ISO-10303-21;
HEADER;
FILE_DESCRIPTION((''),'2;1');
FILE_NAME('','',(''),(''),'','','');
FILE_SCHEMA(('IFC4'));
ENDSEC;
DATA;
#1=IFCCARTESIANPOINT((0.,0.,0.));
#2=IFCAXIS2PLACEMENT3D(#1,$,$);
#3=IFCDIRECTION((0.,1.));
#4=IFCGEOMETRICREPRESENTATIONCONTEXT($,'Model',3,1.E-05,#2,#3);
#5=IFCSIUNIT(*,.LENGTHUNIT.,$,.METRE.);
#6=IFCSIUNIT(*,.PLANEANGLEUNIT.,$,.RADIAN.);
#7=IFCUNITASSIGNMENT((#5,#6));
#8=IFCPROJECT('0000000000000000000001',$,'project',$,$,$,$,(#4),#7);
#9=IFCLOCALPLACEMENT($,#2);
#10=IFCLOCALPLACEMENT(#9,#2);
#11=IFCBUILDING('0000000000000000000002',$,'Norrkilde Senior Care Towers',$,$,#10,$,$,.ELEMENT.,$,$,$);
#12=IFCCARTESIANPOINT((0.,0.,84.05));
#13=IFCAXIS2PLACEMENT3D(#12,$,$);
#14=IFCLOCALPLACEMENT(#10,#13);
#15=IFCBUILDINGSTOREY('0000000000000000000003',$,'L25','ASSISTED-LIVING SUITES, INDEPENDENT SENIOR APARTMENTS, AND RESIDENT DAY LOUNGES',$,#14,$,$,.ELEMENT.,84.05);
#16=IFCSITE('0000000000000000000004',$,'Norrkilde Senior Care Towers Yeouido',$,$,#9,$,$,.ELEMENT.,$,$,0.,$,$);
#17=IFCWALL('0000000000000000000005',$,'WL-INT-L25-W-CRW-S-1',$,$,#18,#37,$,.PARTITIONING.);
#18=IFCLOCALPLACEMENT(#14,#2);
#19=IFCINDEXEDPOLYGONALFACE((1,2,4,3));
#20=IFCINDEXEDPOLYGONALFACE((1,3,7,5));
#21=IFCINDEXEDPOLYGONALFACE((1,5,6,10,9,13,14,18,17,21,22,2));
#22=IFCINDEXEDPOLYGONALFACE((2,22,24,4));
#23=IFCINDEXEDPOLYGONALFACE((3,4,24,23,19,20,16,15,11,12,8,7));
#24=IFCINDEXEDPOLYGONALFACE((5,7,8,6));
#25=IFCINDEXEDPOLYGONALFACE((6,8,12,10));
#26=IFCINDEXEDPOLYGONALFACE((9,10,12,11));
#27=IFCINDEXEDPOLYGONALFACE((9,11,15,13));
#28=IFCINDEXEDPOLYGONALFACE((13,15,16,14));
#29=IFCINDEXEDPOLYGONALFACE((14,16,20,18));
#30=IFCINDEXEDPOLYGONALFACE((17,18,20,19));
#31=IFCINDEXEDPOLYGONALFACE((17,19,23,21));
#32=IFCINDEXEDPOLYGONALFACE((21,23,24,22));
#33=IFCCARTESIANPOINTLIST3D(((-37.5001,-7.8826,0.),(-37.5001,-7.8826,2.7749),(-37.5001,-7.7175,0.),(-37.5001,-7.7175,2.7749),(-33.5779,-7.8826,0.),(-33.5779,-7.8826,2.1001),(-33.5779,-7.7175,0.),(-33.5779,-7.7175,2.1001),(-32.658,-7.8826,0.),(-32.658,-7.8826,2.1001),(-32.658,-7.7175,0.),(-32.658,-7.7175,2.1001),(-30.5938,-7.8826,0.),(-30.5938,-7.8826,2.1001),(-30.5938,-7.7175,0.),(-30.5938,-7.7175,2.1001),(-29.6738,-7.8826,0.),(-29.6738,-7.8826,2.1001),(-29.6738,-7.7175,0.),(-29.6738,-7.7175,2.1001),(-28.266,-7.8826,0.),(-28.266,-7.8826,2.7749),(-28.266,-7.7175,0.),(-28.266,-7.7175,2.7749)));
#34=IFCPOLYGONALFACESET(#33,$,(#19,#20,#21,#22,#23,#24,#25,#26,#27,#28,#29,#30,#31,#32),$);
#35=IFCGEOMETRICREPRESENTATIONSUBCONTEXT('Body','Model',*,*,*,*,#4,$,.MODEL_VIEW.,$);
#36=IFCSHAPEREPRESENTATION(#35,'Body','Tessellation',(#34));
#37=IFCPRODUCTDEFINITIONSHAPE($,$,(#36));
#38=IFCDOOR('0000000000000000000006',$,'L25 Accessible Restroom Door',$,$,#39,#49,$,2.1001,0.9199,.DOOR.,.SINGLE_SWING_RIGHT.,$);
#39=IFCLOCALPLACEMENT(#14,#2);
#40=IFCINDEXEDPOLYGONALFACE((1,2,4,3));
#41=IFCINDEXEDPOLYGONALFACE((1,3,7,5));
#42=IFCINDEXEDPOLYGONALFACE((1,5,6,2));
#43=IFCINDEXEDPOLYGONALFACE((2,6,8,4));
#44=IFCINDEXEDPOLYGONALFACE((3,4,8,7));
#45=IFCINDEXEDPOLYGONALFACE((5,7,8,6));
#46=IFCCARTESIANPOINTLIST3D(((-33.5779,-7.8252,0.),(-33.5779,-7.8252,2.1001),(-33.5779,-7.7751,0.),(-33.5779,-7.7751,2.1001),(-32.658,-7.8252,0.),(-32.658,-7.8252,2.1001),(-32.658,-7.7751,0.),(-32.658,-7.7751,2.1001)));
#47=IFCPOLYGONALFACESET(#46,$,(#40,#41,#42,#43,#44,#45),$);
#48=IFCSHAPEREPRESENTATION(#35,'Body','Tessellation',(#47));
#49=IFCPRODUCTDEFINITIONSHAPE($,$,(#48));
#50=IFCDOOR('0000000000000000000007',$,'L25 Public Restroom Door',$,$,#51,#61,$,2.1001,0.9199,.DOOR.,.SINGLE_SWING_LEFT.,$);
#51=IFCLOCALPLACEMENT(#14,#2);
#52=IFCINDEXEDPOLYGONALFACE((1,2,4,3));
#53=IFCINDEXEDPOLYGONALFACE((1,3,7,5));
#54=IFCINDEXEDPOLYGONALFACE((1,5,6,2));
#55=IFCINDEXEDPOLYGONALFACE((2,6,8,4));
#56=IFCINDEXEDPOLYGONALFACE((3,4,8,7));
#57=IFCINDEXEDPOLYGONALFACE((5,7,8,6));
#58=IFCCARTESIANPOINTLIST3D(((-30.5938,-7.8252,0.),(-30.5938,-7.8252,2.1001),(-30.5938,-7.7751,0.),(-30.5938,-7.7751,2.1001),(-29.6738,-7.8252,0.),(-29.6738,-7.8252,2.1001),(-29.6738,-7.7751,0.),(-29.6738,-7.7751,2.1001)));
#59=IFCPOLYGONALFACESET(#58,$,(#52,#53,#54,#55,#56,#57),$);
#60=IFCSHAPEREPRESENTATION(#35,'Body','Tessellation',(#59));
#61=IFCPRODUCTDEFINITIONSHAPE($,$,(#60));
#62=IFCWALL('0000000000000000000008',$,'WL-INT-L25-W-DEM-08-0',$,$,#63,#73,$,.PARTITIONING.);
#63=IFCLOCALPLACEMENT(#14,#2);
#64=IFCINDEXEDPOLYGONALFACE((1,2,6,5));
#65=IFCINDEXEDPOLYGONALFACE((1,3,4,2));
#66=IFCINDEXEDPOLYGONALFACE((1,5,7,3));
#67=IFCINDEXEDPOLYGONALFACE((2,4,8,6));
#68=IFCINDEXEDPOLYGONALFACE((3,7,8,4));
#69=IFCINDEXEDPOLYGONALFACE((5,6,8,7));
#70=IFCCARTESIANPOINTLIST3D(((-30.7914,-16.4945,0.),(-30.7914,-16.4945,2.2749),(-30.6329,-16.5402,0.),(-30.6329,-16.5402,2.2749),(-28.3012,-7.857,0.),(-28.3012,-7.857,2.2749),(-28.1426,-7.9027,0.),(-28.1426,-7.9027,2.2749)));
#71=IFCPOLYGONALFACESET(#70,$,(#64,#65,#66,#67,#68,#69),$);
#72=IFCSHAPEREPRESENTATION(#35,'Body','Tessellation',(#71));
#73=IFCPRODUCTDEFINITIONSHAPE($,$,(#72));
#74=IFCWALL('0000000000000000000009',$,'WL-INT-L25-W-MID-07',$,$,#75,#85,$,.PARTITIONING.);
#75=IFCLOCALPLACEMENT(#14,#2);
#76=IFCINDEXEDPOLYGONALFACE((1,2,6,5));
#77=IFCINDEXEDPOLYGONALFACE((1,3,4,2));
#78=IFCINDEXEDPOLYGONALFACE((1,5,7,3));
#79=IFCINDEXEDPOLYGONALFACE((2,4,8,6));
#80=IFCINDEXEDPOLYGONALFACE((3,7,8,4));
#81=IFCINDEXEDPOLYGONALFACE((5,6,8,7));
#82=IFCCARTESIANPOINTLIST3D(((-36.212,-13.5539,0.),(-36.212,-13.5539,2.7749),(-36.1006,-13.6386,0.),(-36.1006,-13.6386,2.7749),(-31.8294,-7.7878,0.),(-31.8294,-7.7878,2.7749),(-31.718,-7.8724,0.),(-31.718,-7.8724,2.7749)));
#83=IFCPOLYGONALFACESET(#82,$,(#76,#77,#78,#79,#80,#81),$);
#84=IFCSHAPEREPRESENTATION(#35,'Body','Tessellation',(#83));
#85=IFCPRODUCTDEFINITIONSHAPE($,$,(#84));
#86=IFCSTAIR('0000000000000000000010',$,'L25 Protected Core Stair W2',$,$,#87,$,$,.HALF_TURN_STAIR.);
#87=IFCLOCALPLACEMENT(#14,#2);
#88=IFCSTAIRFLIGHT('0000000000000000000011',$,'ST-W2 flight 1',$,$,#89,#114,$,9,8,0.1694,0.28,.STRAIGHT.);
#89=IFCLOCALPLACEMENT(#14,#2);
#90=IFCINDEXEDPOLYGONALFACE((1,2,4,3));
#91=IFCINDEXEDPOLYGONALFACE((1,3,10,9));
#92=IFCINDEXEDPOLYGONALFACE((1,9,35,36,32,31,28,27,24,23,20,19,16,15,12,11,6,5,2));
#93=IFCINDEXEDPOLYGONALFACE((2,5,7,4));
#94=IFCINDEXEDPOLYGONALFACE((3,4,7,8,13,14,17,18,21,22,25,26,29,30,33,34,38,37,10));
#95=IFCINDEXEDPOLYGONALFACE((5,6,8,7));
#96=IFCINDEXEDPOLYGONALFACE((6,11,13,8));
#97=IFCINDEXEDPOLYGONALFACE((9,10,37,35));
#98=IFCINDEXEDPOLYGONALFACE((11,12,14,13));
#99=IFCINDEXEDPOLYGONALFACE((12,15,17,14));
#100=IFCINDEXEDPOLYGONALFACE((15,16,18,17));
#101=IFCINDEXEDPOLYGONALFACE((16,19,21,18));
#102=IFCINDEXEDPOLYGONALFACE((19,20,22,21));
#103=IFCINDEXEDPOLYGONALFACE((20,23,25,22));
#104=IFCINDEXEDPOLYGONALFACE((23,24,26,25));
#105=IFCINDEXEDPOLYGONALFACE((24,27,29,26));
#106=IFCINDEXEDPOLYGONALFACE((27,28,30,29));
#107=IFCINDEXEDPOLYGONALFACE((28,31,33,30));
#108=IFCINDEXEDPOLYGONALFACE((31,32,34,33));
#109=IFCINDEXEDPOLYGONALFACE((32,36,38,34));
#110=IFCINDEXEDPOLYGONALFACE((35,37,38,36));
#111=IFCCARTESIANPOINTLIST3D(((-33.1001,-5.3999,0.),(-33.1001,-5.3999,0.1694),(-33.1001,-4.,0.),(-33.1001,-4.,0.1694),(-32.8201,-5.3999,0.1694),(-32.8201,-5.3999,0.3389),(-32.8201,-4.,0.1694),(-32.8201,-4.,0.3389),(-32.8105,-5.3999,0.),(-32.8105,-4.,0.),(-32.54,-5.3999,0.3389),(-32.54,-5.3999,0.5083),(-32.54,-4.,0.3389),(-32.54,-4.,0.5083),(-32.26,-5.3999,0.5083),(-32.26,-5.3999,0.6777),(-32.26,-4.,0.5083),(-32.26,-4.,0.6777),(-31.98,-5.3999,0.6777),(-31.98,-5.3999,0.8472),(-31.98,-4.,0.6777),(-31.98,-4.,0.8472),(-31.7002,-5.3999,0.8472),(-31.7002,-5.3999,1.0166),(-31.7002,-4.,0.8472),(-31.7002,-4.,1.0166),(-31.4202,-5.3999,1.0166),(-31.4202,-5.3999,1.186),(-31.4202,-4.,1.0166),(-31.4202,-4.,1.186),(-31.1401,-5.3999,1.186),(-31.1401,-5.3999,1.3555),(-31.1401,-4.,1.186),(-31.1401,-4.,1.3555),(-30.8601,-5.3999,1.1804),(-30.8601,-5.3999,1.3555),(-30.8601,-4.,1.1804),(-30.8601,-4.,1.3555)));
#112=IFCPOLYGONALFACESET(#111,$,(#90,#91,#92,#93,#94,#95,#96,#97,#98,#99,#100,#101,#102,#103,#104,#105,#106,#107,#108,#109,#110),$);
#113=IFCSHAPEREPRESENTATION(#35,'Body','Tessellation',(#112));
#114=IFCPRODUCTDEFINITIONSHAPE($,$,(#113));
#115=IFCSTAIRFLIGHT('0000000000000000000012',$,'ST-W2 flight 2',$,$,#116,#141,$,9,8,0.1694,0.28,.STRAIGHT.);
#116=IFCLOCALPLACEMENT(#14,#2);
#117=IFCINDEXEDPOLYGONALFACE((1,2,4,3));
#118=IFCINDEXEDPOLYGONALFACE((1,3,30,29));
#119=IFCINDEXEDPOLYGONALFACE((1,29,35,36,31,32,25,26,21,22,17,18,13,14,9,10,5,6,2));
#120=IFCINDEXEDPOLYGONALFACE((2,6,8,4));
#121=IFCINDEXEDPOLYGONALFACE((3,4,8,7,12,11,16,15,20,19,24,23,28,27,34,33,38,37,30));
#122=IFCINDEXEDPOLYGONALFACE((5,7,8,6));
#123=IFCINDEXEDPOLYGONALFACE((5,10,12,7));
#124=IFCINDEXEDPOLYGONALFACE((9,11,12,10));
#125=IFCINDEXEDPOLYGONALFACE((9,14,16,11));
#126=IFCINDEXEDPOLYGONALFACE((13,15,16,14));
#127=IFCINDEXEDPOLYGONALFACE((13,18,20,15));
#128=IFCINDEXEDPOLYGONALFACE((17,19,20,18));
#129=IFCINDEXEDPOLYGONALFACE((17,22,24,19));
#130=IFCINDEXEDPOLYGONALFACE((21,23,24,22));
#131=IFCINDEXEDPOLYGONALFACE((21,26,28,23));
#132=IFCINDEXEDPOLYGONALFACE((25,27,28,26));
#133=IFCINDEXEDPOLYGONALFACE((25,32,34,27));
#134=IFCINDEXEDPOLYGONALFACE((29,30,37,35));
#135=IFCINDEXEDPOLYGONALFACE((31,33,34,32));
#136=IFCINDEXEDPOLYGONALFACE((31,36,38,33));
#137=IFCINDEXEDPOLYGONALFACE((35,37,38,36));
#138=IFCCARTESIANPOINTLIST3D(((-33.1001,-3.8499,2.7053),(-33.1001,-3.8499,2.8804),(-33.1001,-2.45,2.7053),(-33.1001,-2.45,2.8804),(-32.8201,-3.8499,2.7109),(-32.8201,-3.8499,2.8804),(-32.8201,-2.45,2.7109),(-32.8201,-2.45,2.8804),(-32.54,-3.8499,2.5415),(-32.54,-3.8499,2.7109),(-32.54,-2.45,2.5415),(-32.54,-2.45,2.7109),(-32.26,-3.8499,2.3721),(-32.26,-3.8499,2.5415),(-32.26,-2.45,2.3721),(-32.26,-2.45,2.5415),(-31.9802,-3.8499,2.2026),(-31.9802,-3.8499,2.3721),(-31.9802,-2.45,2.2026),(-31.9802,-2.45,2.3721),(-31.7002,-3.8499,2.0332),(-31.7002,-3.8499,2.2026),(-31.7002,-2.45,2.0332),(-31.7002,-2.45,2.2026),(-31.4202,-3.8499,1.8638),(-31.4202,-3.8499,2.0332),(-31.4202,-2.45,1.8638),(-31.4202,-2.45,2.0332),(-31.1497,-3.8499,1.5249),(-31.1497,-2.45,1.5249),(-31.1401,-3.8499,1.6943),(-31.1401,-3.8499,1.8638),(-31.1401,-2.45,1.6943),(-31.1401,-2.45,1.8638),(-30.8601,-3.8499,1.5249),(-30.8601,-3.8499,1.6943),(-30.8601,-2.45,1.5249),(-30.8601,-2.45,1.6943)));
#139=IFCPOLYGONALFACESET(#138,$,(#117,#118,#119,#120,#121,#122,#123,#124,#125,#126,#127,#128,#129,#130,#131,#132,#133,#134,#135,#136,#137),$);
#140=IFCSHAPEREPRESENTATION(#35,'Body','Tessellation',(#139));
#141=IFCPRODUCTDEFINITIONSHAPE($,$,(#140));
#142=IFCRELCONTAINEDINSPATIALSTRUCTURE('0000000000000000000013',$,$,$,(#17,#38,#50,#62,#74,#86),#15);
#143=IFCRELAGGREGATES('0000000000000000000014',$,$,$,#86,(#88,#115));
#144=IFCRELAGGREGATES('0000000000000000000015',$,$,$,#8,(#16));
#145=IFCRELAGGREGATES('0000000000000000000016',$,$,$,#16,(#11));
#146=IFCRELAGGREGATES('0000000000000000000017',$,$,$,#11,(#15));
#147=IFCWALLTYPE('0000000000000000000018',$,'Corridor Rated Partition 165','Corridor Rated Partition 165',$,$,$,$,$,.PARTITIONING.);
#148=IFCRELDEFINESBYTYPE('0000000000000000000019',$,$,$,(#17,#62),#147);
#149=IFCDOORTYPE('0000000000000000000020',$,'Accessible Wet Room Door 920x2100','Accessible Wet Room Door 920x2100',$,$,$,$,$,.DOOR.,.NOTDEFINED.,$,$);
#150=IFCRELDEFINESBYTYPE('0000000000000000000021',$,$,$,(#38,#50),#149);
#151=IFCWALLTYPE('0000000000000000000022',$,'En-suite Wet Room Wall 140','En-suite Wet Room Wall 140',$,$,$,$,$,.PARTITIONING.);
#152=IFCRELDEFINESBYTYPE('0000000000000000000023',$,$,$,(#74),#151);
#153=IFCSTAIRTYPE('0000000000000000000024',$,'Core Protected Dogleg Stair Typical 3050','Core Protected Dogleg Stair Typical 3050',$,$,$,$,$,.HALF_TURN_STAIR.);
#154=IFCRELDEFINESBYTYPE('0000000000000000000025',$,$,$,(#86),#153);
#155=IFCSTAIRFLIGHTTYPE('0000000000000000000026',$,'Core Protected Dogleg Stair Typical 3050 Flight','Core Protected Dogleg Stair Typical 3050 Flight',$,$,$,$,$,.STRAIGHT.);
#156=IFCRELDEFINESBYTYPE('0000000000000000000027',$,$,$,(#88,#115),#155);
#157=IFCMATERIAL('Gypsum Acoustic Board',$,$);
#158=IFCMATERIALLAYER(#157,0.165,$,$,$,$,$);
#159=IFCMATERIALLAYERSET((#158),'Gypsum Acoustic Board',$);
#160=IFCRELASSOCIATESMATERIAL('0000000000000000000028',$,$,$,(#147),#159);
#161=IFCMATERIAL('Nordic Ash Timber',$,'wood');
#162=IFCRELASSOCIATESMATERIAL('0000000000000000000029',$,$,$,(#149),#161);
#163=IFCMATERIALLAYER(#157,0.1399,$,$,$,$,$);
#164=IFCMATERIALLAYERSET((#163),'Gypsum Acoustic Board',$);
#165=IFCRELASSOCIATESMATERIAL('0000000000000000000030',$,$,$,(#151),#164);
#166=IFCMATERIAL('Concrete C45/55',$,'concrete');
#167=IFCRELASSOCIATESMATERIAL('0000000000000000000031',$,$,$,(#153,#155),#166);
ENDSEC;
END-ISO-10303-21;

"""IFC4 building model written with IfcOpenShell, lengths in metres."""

from ifc_helpers import new_model, si_unit, direction, frame, frame_2d, origin, place, context, subcontext, project, spatial, polyline, rectangle, outline, extrude, source, transform, mapped, material, layer, layer_set, type_object, type_shapes, element, fill, aggregate, save


model = new_model("IFC4")

# Units and contexts
model_context = context("Model", 3, precision=1e-05, world=origin(), true_north=direction((0.0, 1.0)))
body_context = subcontext(model_context, "Body", "Model", "MODEL_VIEW")
ifc_project = project(units=[si_unit("LENGTHUNIT", "METRE"), si_unit("PLANEANGLEUNIT", "RADIAN")], contexts=[model_context])

# Site, building, storey
site_placement = place(None, origin())
site = spatial("IfcSite", under=ifc_project, at=site_placement, Name="Norrkilde Senior Care Towers Yeouido", CompositionType="ELEMENT", RefElevation=0.0)
building_placement = place(site_placement, origin())
building = spatial("IfcBuilding", under=site, at=building_placement, Name="Norrkilde Senior Care Towers", CompositionType="ELEMENT")
storey_placement = place(building_placement, frame((0.0, 0.0, 84.05)))
storey = spatial("IfcBuildingStorey", under=building, at=storey_placement, Name="L25", Description="ASSISTED-LIVING SUITES, INDEPENDENT SENIOR APARTMENTS, AND RESIDENT DAY LOUNGES", CompositionType="ELEMENT", Elevation=84.05)

# Shared definitions
ifc_material_1 = material(Name="Concrete C45/55", Category="concrete")

# Wall, openings, doors
ifc_material_2 = material(Name="Gypsum Acoustic Board")
ifc_layer_1 = layer(ifc_material_2, 0.165)
ifc_layer_set_1 = layer_set([ifc_layer_1], Name="Gypsum Acoustic Board")
wall_type_1 = type_object("IfcWallType", Name="Corridor Rated Partition 165", Description="Corridor Rated Partition 165", PredefinedType="PARTITIONING", material=ifc_layer_set_1)
shared_shape_1 = source(origin(), body_context, "Body", "SweptSolid", [
    extrude(rectangle(XDim=9.2341, YDim=0.165, at=frame_2d((4.6172, 0.0))), origin(), (0.0, 0.0, 1.0), 2.7749),
])
wall_1_placement = place(storey_placement, frame((-28.2659, -7.8, 0.0), z_axis=(0.0, 0.0, 1.0), x_axis=(-1.0, 0.0, 0.0)))
wall_1 = element("IfcWall", 1, at=wall_1_placement, inside=storey, type_object=wall_type_1, Name="WL-INT-L25-W-CRW-S-1", PredefinedType="PARTITIONING", context=body_context, shape_type="MappedRepresentation", body=[
    mapped(shared_shape_1, transform((0.0, 0.0, 0.0), x_axis=(1.0, 0.0, 0.0), y_axis=(0.0, 1.0, 0.0), z_axis=(0.0, 0.0, 1.0), scale=1.0)),
])
opening_1_placement = place(wall_1_placement, frame((4.3921, 0.0, 0.0)))
opening_1 = element("IfcOpeningElement", 2, at=opening_1_placement, cuts=wall_1, PredefinedType="OPENING", context=body_context, shape_type="SweptSolid", body=[
    extrude(rectangle(XDim=0.9199, YDim=2.1001, at=frame_2d((0.46, 1.05))), frame((0.0, 0.0925, 0.0), z_axis=(0.0, -1.0, 0.0), x_axis=(1.0, 0.0, 0.0)), (0.0, 0.0, 1.0), 0.1851),
])
opening_2_placement = place(wall_1_placement, frame((1.408, 0.0, 0.0)))
opening_2 = element("IfcOpeningElement", 3, at=opening_2_placement, cuts=wall_1, PredefinedType="OPENING", context=body_context, shape_type="SweptSolid", body=[
    extrude(rectangle(XDim=0.9199, YDim=2.1001, at=frame_2d((0.46, 1.05))), frame((0.0, 0.0925, 0.0), z_axis=(0.0, -1.0, 0.0), x_axis=(1.0, 0.0, 0.0)), (0.0, 0.0, 1.0), 0.1851),
])
ifc_material_3 = material(Name="Nordic Ash Timber", Category="wood")
door_type = type_object("IfcDoorType", Name="Accessible Wet Room Door 920x2100", Description="Accessible Wet Room Door 920x2100", OperationType="NOTDEFINED", PredefinedType="DOOR", material=ifc_material_3)
shared_shape_2 = source(origin(), body_context, "Body", "SweptSolid", [
    extrude(rectangle(XDim=0.9199, YDim=2.1001, at=frame_2d((0.46, 1.05))), frame((0.0, 0.0249, 0.0), z_axis=(0.0, -1.0, 0.0), x_axis=(1.0, 0.0, 0.0)), (0.0, 0.0, 1.0), 0.05),
])
type_shapes(door_type, [shared_shape_2])
door_1_placement = place(opening_1_placement, frame((0.9199, 0.0, 0.0), z_axis=(0.0, 0.0, 1.0), x_axis=(-1.0, 0.0, 0.0)))
door_1 = element("IfcDoor", 4, at=door_1_placement, inside=storey, type_object=door_type, Name="L25 Accessible Restroom Door", OperationType="SINGLE_SWING_RIGHT", OverallHeight=2.1001, OverallWidth=0.9199, PredefinedType="DOOR", context=body_context, shape_type="MappedRepresentation", body=[
    mapped(shared_shape_2, transform((0.0, 0.0, 0.0), x_axis=(1.0, 0.0, 0.0), y_axis=(0.0, 1.0, 0.0), z_axis=(0.0, 0.0, 1.0), scale=1.0)),
])
fill(opening_1, door_1)
door_2_placement = place(opening_2_placement, frame((0.9199, 0.0, 0.0), z_axis=(0.0, 0.0, 1.0), x_axis=(-1.0, 0.0, 0.0)))
door_2 = element("IfcDoor", 5, at=door_2_placement, inside=storey, type_object=door_type, Name="L25 Public Restroom Door", OperationType="SINGLE_SWING_LEFT", OverallHeight=2.1001, OverallWidth=0.9199, PredefinedType="DOOR", context=body_context, shape_type="MappedRepresentation", body=[
    mapped(shared_shape_2, transform((0.0, 0.0, 0.0), x_axis=(1.0, 0.0, 0.0), y_axis=(0.0, 1.0, 0.0), z_axis=(0.0, 0.0, 1.0), scale=1.0)),
])
fill(opening_2, door_2)

# Walls
shared_shape_3 = source(origin(), body_context, "Body", "SweptSolid", [
    extrude(rectangle(XDim=8.9893, YDim=0.165, at=frame_2d((4.4946, 0.0))), origin(), (0.0, 0.0, 1.0), 2.2749),
])
type_shapes(wall_type_1, [shared_shape_1, shared_shape_3])
wall_2_placement = place(storey_placement, frame((-28.2219, -7.8799, 0.0), z_axis=(0.0, 0.0, 1.0), x_axis=(-0.277023, -0.960863, 0.0)))
element("IfcWall", 6, at=wall_2_placement, inside=storey, type_object=wall_type_1, Name="WL-INT-L25-W-DEM-08-0", PredefinedType="PARTITIONING", context=body_context, shape_type="MappedRepresentation", body=[
    mapped(shared_shape_3, transform((0.0, 0.0, 0.0), x_axis=(1.0, 0.0, 0.0), y_axis=(0.0, 1.0, 0.0), z_axis=(0.0, 0.0, 1.0), scale=1.0)),
])
ifc_layer_2 = layer(ifc_material_2, 0.1399)
ifc_layer_set_2 = layer_set([ifc_layer_2], Name="Gypsum Acoustic Board")
wall_type_2 = type_object("IfcWallType", Name="En-suite Wet Room Wall 140", Description="En-suite Wet Room Wall 140", PredefinedType="PARTITIONING", material=ifc_layer_set_2)
shared_shape_4 = source(origin(), body_context, "Body", "SweptSolid", [
    extrude(rectangle(XDim=7.2427, YDim=0.1399, at=frame_2d((3.6213, 0.0))), origin(), (0.0, 0.0, 1.0), 2.7749),
])
type_shapes(wall_type_2, [shared_shape_4])
wall_3_placement = place(storey_placement, frame((-31.7737, -7.8301, 0.0), z_axis=(0.0, 0.0, 1.0), x_axis=(-0.605111, -0.796141, 0.0)))
element("IfcWall", 7, at=wall_3_placement, inside=storey, type_object=wall_type_2, Name="WL-INT-L25-W-MID-07", PredefinedType="PARTITIONING", context=body_context, shape_type="MappedRepresentation", body=[
    mapped(shared_shape_4, transform((0.0, 0.0, 0.0), x_axis=(1.0, 0.0, 0.0), y_axis=(0.0, 1.0, 0.0), z_axis=(0.0, 0.0, 1.0), scale=1.0)),
])

# Stair, stair flights
stair_type = type_object("IfcStairType", Name="Core Protected Dogleg Stair Typical 3050", Description="Core Protected Dogleg Stair Typical 3050", PredefinedType="HALF_TURN_STAIR", material=ifc_material_1)
stair_placement = place(storey_placement, origin())
stair = element("IfcStair", 8, at=stair_placement, inside=storey, type_object=stair_type, Name="L25 Protected Core Stair W2", PredefinedType="HALF_TURN_STAIR")
stair_flight_type = type_object("IfcStairFlightType", Name="Core Protected Dogleg Stair Typical 3050 Flight", Description="Core Protected Dogleg Stair Typical 3050 Flight", PredefinedType="STRAIGHT", material=ifc_material_1)
stair_flight_1_placement = place(storey_placement, frame((-33.1001, -4.7, 0.0), z_axis=(0.0, 0.0, 1.0), x_axis=(1.0, 0.0, 0.0)))
stair_flight_1 = element("IfcStairFlight", 9, at=stair_flight_1_placement, type_object=stair_flight_type, Name="ST-W2 flight 1", NumberOfRisers=9, NumberOfTreads=8, PredefinedType="STRAIGHT", RiserHeight=0.1694, TreadLength=0.28, context=body_context, shape_type="SweptSolid", body=[
    extrude(outline(polyline([(0.0, 0.0), (0.0, 0.1694), (0.28, 0.1694), (0.28, 0.3389), (0.5601, 0.3389), (0.5601, 0.5083), (0.8401, 0.5083), (0.8401, 0.6777), (1.1201, 0.6777), (1.1201, 0.8472), (1.3999, 0.8472), (1.3999, 1.0166), (1.6799, 1.0166), (1.6799, 1.186), (1.96, 1.186), (1.96, 1.3555), (2.24, 1.3555), (2.24, 1.5249), (2.24, 1.1804), (0.2896, 0.0), (0.0, 0.0)])), frame((0.0, 0.7, 0.0), z_axis=(0.0, -1.0, 0.0), x_axis=(1.0, 0.0, 0.0)), (0.0, 0.0, 1.0), 1.3999),
])
stair_flight_2_placement = place(storey_placement, frame((-30.8601, -3.1499, 1.5249), z_axis=(0.0, 0.0, 1.0), x_axis=(-1.0, 0.0, 0.0)))
stair_flight_2 = element("IfcStairFlight", 10, at=stair_flight_2_placement, type_object=stair_flight_type, Name="ST-W2 flight 2", NumberOfRisers=9, NumberOfTreads=8, PredefinedType="STRAIGHT", RiserHeight=0.1694, TreadLength=0.28, context=body_context, shape_type="SweptSolid", body=[
    extrude(outline(polyline([(0.0, 0.0), (0.0, 0.1694), (0.28, 0.1694), (0.28, 0.3389), (0.5601, 0.3389), (0.5601, 0.5083), (0.8401, 0.5083), (0.8401, 0.6777), (1.1201, 0.6777), (1.1201, 0.8472), (1.3999, 0.8472), (1.3999, 1.0166), (1.6799, 1.0166), (1.6799, 1.186), (1.96, 1.186), (1.96, 1.3555), (2.24, 1.3555), (2.24, 1.5249), (2.24, 1.1804), (0.2896, 0.0), (0.0, 0.0)])), frame((0.0, 0.7, 0.0), z_axis=(0.0, -1.0, 0.0), x_axis=(1.0, 0.0, 0.0)), (0.0, 0.0, 1.0), 1.3999),
])
aggregate(stair, [stair_flight_1, stair_flight_2])

save(model, "model.ifc")
